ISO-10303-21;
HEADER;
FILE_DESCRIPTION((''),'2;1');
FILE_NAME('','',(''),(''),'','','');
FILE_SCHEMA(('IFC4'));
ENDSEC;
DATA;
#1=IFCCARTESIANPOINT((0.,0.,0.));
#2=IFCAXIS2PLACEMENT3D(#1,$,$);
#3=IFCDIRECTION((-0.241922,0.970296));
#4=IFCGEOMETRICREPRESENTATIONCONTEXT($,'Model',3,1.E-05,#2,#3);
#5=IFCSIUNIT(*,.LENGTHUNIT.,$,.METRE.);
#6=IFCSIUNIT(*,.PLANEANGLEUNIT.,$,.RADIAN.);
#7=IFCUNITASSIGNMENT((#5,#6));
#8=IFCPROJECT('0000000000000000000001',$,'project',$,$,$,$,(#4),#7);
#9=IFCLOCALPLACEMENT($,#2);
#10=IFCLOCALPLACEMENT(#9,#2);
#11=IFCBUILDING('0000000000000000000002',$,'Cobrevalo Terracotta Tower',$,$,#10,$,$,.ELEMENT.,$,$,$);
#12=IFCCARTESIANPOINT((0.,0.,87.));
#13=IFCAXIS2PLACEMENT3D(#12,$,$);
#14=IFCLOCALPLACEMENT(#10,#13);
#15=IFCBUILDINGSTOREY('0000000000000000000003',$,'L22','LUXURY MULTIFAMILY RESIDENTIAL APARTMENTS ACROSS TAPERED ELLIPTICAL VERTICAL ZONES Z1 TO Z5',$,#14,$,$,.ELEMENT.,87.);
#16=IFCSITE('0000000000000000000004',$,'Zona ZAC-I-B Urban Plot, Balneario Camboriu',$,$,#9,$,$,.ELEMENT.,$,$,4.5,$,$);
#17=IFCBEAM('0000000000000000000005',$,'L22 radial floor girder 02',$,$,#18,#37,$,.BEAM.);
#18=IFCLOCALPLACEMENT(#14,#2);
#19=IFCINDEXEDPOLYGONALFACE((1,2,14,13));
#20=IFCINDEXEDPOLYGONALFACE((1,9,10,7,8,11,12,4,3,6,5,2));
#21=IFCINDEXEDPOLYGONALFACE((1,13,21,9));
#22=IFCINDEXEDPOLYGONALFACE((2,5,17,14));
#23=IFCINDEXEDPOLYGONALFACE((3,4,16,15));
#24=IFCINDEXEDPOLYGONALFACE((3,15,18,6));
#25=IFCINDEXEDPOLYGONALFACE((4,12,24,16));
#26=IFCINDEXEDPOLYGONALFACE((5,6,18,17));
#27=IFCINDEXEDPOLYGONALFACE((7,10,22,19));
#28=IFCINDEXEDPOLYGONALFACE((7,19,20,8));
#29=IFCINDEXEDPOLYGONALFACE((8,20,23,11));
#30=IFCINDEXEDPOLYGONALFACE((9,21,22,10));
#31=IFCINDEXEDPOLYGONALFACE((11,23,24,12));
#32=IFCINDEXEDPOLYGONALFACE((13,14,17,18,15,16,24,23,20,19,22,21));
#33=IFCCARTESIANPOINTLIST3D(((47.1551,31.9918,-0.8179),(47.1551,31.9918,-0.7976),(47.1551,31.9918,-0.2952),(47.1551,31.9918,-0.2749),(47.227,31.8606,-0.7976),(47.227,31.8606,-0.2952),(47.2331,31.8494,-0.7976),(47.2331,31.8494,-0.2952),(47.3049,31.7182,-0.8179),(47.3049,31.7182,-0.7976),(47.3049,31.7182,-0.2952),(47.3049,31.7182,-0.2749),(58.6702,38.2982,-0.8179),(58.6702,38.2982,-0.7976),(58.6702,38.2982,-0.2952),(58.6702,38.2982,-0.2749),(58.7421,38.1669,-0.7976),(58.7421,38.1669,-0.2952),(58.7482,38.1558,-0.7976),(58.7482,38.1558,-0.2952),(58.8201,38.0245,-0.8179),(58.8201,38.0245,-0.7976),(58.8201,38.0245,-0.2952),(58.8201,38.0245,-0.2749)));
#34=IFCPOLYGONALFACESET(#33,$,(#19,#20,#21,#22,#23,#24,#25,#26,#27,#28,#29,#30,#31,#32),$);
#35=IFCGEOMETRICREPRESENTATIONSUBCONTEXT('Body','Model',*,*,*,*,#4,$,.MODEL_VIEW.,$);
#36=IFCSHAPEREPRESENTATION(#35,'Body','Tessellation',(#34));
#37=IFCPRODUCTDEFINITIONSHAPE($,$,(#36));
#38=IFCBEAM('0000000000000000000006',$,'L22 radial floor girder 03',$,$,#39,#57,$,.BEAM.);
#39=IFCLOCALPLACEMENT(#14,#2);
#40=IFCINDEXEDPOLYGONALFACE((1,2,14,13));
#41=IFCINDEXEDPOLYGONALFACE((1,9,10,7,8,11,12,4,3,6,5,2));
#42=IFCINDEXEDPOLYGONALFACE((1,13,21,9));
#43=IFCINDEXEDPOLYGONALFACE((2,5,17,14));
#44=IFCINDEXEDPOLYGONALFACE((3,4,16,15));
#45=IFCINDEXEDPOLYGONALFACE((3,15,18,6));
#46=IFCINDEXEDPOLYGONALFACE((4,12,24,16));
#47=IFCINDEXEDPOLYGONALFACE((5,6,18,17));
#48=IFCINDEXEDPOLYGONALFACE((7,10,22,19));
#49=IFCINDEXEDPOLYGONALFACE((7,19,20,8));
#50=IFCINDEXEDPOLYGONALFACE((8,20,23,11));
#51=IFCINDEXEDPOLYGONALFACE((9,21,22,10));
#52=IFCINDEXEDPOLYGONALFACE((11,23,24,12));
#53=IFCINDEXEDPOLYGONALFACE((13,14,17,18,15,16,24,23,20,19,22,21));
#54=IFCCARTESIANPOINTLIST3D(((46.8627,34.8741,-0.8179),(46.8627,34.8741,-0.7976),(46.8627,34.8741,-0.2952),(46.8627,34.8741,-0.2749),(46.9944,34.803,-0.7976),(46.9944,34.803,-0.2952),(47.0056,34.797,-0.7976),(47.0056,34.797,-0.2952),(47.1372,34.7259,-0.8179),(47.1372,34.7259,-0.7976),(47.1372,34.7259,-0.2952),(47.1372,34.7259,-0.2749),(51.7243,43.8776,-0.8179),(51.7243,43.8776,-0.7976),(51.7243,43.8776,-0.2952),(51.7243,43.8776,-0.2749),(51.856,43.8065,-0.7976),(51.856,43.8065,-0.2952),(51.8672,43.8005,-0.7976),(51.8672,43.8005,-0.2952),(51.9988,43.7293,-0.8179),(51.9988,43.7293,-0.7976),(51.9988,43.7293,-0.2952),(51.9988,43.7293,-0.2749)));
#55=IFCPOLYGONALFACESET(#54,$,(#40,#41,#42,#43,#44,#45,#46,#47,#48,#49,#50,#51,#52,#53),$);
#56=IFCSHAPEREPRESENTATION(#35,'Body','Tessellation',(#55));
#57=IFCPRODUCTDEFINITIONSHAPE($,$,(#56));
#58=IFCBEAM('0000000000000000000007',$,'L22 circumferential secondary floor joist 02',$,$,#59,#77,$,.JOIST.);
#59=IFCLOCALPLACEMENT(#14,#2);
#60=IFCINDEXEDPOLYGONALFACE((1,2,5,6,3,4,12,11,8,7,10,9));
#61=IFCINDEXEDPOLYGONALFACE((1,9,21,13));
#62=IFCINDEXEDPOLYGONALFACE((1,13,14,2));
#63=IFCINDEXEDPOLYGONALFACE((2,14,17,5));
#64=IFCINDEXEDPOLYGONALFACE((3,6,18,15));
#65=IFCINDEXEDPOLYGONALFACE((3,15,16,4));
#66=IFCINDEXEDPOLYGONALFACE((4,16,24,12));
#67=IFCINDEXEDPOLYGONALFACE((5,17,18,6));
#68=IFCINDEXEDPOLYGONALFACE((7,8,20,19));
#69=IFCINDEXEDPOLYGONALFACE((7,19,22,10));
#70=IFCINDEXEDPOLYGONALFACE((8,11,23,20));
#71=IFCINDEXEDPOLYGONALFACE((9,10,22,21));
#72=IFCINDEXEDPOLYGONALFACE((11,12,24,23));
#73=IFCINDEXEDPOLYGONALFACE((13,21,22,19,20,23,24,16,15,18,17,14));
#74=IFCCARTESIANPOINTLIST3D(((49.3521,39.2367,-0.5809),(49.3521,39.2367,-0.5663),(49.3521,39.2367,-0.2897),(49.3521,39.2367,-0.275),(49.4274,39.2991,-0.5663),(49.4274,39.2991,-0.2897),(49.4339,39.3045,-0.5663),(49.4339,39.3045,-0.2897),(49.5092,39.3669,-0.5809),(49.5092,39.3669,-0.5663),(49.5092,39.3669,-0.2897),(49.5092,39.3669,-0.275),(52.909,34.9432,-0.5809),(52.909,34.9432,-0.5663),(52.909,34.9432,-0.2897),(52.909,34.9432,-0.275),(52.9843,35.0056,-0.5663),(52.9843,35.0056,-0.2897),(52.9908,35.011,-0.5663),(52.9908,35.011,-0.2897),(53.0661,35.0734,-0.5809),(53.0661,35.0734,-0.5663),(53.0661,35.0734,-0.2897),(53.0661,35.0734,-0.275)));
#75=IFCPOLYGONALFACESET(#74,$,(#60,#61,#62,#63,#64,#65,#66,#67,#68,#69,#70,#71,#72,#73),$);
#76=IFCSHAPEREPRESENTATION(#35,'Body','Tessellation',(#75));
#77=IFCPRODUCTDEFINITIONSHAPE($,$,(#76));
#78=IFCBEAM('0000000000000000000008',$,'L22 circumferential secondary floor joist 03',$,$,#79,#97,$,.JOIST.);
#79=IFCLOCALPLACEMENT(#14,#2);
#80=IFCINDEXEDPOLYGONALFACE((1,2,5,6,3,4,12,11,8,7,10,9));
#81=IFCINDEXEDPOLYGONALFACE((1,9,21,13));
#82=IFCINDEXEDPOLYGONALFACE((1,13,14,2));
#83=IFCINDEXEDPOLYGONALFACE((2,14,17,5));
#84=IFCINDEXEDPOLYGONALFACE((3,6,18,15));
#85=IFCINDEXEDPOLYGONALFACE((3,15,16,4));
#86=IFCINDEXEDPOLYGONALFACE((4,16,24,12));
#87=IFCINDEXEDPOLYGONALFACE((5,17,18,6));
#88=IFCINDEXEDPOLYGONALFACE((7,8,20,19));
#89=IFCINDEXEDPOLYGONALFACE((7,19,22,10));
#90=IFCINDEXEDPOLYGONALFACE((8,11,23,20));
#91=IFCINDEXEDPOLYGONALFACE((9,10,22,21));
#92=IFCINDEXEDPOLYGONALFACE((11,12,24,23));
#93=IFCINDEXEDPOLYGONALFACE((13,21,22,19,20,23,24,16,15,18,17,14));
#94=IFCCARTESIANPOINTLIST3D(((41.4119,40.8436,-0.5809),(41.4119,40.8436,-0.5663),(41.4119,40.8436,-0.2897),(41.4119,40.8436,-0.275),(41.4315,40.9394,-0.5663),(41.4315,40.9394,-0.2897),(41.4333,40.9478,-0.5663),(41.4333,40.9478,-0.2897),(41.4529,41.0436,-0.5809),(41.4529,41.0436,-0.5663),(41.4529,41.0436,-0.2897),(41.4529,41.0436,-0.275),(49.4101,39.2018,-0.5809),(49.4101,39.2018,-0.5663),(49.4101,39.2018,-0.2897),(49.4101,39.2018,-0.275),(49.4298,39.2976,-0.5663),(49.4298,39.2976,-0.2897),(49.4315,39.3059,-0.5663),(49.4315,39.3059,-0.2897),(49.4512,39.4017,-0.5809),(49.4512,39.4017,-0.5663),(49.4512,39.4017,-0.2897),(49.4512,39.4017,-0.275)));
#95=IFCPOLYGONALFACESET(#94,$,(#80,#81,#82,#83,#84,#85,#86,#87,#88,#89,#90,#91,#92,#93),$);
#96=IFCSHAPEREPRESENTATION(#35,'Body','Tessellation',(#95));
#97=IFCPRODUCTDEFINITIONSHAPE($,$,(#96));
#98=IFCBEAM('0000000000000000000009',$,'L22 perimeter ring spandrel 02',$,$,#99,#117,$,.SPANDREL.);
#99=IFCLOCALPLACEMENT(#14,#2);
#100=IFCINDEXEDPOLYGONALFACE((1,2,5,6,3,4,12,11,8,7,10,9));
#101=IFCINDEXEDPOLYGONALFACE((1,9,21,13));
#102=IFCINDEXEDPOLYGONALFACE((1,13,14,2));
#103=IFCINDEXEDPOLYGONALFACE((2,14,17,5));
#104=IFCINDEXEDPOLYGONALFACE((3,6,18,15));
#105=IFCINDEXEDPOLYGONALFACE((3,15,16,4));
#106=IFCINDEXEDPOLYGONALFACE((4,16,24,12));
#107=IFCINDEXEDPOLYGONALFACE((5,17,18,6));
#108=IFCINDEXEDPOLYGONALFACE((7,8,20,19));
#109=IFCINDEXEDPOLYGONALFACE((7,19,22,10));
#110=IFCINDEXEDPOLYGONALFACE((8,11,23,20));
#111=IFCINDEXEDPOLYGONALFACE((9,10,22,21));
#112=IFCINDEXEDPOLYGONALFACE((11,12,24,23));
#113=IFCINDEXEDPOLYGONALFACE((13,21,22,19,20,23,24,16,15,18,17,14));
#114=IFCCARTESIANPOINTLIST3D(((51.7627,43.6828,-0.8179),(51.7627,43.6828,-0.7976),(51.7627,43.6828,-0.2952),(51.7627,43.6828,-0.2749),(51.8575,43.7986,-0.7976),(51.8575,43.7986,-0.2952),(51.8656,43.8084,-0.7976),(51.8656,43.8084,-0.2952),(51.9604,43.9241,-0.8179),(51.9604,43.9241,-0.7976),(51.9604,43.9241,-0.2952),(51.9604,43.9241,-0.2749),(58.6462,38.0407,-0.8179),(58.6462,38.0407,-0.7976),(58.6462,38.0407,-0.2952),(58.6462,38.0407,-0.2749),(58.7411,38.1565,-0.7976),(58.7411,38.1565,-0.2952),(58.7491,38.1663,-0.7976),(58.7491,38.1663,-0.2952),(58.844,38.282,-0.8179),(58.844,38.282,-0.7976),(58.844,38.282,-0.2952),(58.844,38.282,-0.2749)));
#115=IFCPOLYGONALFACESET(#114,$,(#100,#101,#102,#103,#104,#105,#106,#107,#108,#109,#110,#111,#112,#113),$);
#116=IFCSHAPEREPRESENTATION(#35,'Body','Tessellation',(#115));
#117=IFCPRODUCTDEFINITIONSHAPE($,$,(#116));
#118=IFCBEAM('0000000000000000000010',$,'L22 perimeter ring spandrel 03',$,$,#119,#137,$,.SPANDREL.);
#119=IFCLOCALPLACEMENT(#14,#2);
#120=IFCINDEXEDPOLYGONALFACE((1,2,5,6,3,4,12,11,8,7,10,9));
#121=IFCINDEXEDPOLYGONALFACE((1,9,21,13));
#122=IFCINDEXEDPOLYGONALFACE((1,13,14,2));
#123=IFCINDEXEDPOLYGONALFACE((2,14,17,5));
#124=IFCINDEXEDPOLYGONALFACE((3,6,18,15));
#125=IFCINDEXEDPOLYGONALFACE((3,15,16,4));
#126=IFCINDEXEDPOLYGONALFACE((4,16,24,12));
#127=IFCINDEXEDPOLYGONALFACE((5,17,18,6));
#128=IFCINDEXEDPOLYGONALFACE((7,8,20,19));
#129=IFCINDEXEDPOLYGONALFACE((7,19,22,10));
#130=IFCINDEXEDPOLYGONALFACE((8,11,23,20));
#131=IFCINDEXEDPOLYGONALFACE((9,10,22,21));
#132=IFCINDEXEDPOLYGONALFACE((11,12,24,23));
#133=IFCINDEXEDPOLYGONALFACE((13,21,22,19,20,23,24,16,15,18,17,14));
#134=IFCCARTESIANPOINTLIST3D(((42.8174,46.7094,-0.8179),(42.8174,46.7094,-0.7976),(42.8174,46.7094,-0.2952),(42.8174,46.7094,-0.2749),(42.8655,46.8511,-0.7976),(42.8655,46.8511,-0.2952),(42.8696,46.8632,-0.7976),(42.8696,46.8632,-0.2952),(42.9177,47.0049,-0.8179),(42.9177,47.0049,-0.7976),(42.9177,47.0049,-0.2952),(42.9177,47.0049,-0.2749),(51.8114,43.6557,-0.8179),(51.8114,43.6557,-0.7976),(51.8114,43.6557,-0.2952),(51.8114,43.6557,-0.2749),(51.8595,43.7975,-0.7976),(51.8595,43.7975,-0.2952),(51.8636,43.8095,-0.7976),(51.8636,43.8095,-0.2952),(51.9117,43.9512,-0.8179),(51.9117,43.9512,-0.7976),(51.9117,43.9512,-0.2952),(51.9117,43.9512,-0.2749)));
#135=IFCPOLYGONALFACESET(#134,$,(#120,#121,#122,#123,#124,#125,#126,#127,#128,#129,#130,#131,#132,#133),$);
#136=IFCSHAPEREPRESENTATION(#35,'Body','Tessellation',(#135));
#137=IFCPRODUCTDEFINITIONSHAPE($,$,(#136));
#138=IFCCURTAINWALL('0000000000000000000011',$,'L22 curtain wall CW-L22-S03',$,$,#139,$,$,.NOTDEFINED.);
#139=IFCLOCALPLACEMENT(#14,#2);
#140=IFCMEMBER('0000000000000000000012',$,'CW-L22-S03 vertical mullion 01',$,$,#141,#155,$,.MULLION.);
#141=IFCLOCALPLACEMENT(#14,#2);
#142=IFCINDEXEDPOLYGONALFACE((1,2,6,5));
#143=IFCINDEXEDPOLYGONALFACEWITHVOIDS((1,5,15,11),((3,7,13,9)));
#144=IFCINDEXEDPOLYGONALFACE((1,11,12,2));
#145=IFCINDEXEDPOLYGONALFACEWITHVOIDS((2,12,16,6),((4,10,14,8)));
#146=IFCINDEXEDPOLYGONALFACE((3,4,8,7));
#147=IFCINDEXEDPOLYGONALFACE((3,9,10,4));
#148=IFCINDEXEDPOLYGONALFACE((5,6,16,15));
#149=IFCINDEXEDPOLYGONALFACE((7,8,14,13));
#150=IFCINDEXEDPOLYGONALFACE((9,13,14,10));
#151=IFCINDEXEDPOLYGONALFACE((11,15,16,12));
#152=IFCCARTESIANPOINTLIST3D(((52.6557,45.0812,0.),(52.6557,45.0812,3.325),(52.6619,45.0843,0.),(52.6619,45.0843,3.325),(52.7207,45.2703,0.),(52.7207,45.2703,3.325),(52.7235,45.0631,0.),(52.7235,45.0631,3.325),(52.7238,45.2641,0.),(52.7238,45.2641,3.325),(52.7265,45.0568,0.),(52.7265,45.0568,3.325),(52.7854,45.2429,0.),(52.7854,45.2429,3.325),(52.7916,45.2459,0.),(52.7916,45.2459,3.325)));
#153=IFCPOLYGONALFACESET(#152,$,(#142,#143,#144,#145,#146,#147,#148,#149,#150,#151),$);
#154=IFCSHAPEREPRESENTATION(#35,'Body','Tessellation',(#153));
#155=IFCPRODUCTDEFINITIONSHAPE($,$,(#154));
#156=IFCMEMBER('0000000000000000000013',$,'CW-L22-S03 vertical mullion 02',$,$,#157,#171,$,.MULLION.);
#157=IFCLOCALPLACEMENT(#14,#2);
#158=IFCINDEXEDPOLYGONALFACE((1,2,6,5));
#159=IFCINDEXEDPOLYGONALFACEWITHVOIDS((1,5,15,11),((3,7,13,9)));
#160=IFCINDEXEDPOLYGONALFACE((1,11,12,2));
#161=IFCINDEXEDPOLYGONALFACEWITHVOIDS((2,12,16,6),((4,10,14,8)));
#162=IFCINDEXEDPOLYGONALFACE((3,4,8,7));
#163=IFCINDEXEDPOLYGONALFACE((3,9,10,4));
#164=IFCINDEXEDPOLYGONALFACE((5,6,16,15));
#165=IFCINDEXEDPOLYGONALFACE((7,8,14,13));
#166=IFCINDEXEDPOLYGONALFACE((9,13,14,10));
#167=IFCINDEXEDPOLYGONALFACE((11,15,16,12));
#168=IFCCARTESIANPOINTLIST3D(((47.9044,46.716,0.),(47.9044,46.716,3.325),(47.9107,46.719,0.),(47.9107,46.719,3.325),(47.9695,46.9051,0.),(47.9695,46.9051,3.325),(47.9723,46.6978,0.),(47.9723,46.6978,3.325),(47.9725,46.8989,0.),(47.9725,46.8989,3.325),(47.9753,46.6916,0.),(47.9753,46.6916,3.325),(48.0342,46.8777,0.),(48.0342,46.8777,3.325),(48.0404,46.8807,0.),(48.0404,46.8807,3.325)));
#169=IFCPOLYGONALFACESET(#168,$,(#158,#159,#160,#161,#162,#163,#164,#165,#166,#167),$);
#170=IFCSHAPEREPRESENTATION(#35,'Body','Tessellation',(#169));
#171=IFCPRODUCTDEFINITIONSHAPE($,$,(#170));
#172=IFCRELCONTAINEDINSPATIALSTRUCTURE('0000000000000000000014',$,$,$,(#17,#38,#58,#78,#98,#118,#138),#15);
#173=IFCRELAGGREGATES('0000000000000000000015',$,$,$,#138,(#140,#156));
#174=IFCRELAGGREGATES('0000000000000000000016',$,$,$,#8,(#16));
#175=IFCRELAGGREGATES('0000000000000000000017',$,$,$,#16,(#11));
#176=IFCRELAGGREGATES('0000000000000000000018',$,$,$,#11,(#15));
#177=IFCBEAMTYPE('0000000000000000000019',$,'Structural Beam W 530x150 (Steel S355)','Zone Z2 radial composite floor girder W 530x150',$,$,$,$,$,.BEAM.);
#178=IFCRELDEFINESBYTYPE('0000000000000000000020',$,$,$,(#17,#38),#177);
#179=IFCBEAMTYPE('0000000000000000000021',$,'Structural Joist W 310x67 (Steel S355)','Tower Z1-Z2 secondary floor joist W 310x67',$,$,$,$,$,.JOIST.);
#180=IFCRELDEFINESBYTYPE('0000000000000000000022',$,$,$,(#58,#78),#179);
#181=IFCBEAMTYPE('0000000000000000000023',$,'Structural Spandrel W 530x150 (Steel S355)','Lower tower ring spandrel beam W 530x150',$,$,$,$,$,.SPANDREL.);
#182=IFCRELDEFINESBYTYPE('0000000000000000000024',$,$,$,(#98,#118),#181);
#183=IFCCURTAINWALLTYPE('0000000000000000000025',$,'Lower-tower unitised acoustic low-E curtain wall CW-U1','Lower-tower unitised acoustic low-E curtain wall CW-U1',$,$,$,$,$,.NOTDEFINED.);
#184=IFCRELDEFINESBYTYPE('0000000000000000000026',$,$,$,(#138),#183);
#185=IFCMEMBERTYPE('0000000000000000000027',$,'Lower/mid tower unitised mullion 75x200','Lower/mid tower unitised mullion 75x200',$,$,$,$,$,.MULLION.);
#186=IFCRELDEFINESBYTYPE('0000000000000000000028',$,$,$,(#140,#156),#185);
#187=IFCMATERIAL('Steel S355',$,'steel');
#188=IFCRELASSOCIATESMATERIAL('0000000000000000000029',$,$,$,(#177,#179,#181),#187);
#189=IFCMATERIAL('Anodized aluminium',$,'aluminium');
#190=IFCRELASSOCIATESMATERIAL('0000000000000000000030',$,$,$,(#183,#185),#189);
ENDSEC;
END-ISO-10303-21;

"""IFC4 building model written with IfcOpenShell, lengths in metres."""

from ifc_helpers import new_model, si_unit, direction, frame, origin, origin_2d, place, context, subcontext, project, spatial, hollow_rectangle, i_section, extrude, source, transform, mapped, material, material_profile, profile_set, type_object, element, aggregate, save


model = new_model("IFC4")

# Units and contexts
model_context = context("Model", 3, precision=1e-05, world=origin(), true_north=direction((-0.241922, 0.970296)))
body_context = subcontext(model_context, "Body", "Model", "MODEL_VIEW")
ifc_project = project(units=[si_unit("LENGTHUNIT", "METRE"), si_unit("PLANEANGLEUNIT", "RADIAN")], contexts=[model_context])

# Site, building, storey
site_placement = place(None, origin())
site = spatial("IfcSite", under=ifc_project, at=site_placement, Name="Zona ZAC-I-B Urban Plot, Balneario Camboriu", CompositionType="ELEMENT", RefElevation=4.5)
building_placement = place(site_placement, origin())
building = spatial("IfcBuilding", under=site, at=building_placement, Name="Cobrevalo Terracotta Tower", CompositionType="ELEMENT")
storey_placement = place(building_placement, frame((0.0, 0.0, 87.0)))
storey = spatial("IfcBuildingStorey", under=building, at=storey_placement, Name="L22", Description="LUXURY MULTIFAMILY RESIDENTIAL APARTMENTS ACROSS TAPERED ELLIPTICAL VERTICAL ZONES Z1 TO Z5", CompositionType="ELEMENT", Elevation=87.0)

# Shared definitions
ifc_material_1 = material(Name="Steel S355", Category="steel")

# Beams
ifc_material_profile_1 = material_profile(ifc_material_1, i_section(OverallWidth=0.312, OverallDepth=0.543, WebThickness=0.0127, FlangeThickness=0.0203, at=origin_2d()), Name="W 530x150")
ifc_profile_set_1 = profile_set([ifc_material_profile_1], Name="Steel S355")
beam_type_1 = type_object("IfcBeamType", Name="Structural Beam W 530x150 (Steel S355)", Description="Zone Z2 radial composite floor girder W 530x150", PredefinedType="BEAM", material=ifc_profile_set_1)
beam_1_placement = place(storey_placement, frame((58.7451, 38.1614, -0.5464), z_axis=(-0.877081, -0.480343, 0.0), x_axis=(0.480343, -0.877081, 0.0)))
element("IfcBeam", 1, at=beam_1_placement, inside=storey, type_object=beam_type_1, Name="L22 radial floor girder 02", PredefinedType="BEAM", context=body_context, shape_type="SweptSolid", body=[
    extrude(i_section(OverallWidth=0.312, OverallDepth=0.543, WebThickness=0.0127, FlangeThickness=0.0203, at=origin_2d()), origin(), (0.0, 0.0, 1.0), 13.1289),
])
beam_2_placement = place(storey_placement, frame((51.8616, 43.8035, -0.5464), z_axis=(-0.475128, -0.879917, 0.0), x_axis=(0.879917, -0.475128, 0.0)))
element("IfcBeam", 2, at=beam_2_placement, inside=storey, type_object=beam_type_1, Name="L22 radial floor girder 03", PredefinedType="BEAM", context=body_context, shape_type="SweptSolid", body=[
    extrude(i_section(OverallWidth=0.312, OverallDepth=0.543, WebThickness=0.0127, FlangeThickness=0.0203, at=origin_2d()), origin(), (0.0, 0.0, 1.0), 10.2322),
])
ifc_material_profile_2 = material_profile(ifc_material_1, i_section(OverallWidth=0.2041, OverallDepth=0.3059, WebThickness=0.0085, FlangeThickness=0.0146, at=origin_2d()), Name="W 310x67")
ifc_profile_set_2 = profile_set([ifc_material_profile_2], Name="Steel S355")
beam_type_2 = type_object("IfcBeamType", Name="Structural Joist W 310x67 (Steel S355)", Description="Tower Z1-Z2 secondary floor joist W 310x67", PredefinedType="JOIST", material=ifc_profile_set_2)
beam_3_placement = place(storey_placement, frame((52.9875, 35.0083, -0.428), z_axis=(-0.637959, 0.77007, 0.0), x_axis=(-0.77007, -0.637959, 0.0)))
element("IfcBeam", 3, at=beam_3_placement, inside=storey, type_object=beam_type_2, Name="L22 circumferential secondary floor joist 02", PredefinedType="JOIST", context=body_context, shape_type="SweptSolid", body=[
    extrude(i_section(OverallWidth=0.2041, OverallDepth=0.3059, WebThickness=0.0085, FlangeThickness=0.0146, at=origin_2d()), origin(), (0.0, 0.0, 1.0), 5.5754),
])
beam_4_placement = place(storey_placement, frame((49.4307, 39.3018, -0.428), z_axis=(-0.979574, 0.201082, 0.0), x_axis=(-0.201082, -0.979574, 0.0)))
element("IfcBeam", 4, at=beam_4_placement, inside=storey, type_object=beam_type_2, Name="L22 circumferential secondary floor joist 03", PredefinedType="JOIST", context=body_context, shape_type="SweptSolid", body=[
    extrude(i_section(OverallWidth=0.2041, OverallDepth=0.3059, WebThickness=0.0085, FlangeThickness=0.0146, at=origin_2d()), origin(), (0.0, 0.0, 1.0), 8.165),
])
ifc_material_profile_3 = material_profile(ifc_material_1, i_section(OverallWidth=0.312, OverallDepth=0.543, WebThickness=0.0127, FlangeThickness=0.0203, at=origin_2d()), Name="W 530x150")
ifc_profile_set_3 = profile_set([ifc_material_profile_3], Name="Steel S355")
beam_type_3 = type_object("IfcBeamType", Name="Structural Spandrel W 530x150 (Steel S355)", Description="Lower tower ring spandrel beam W 530x150", PredefinedType="SPANDREL", material=ifc_profile_set_3)
beam_5_placement = place(storey_placement, frame((58.7451, 38.1614, -0.5464), z_axis=(-0.773401, 0.633917, 0.0), x_axis=(-0.633917, -0.773401, 0.0)))
element("IfcBeam", 5, at=beam_5_placement, inside=storey, type_object=beam_type_3, Name="L22 perimeter ring spandrel 02", PredefinedType="SPANDREL", context=body_context, shape_type="SweptSolid", body=[
    extrude(i_section(OverallWidth=0.312, OverallDepth=0.543, WebThickness=0.0127, FlangeThickness=0.0203, at=origin_2d()), origin(), (0.0, 0.0, 1.0), 8.9004),
])
beam_6_placement = place(storey_placement, frame((51.8616, 43.8035, -0.5464), z_axis=(-0.946911, 0.321497, 0.0), x_axis=(-0.321497, -0.946911, 0.0)))
element("IfcBeam", 6, at=beam_6_placement, inside=storey, type_object=beam_type_3, Name="L22 perimeter ring spandrel 03", PredefinedType="SPANDREL", context=body_context, shape_type="SweptSolid", body=[
    extrude(i_section(OverallWidth=0.312, OverallDepth=0.543, WebThickness=0.0127, FlangeThickness=0.0203, at=origin_2d()), origin(), (0.0, 0.0, 1.0), 9.4983),
])

# Curtain wall, members
ifc_material_2 = material(Name="Anodized aluminium", Category="aluminium")
curtain_wall_type = type_object("IfcCurtainWallType", Name="Lower-tower unitised acoustic low-E curtain wall CW-U1", Description="Lower-tower unitised acoustic low-E curtain wall CW-U1", PredefinedType="NOTDEFINED", material=ifc_material_2)
curtain_wall_placement = place(storey_placement, origin())
curtain_wall = element("IfcCurtainWall", 7, at=curtain_wall_placement, inside=storey, type_object=curtain_wall_type, Name="L22 curtain wall CW-L22-S03", PredefinedType="NOTDEFINED")
ifc_material_profile_4 = material_profile(ifc_material_2, hollow_rectangle(XDim=0.075, YDim=0.2, WallThickness=0.0049, at=origin_2d()), Name="CWM 75x200")
ifc_profile_set_4 = profile_set([ifc_material_profile_4], Name="Anodized aluminium")
member_type_1 = type_object("IfcMemberType", Name="Lower/mid tower unitised mullion 75x200", Description="Lower/mid tower unitised mullion 75x200", PredefinedType="MULLION", material=ifc_profile_set_4)
shared_shape_1 = source(origin(), body_context, "Body", "SweptSolid", [
    extrude(hollow_rectangle(XDim=0.075, YDim=0.2, WallThickness=0.0049, at=origin_2d()), origin(), (0.0, 0.0, 1.0), 3.325),
])
member_1_placement = place(storey_placement, frame((52.7236, 45.1636, 0.0), z_axis=(0.0, 0.0, 1.0), x_axis=(-0.945598, 0.325337, 0.0)))
member_1 = element("IfcMember", 8, at=member_1_placement, type_object=member_type_1, Name="CW-L22-S03 vertical mullion 01", PredefinedType="MULLION", context=body_context, shape_type="MappedRepresentation", body=[
    mapped(shared_shape_1, transform((0.0, 0.0, 0.0), scale=1.0)),
])
member_2_placement = place(storey_placement, frame((47.9724, 46.7983, 0.0), z_axis=(0.0, 0.0, 1.0), x_axis=(-0.945598, 0.325337, 0.0)))
member_2 = element("IfcMember", 9, at=member_2_placement, type_object=member_type_1, Name="CW-L22-S03 vertical mullion 02", PredefinedType="MULLION", context=body_context, shape_type="MappedRepresentation", body=[
    mapped(shared_shape_1, transform((0.0, 0.0, 0.0), scale=1.0)),
])
aggregate(curtain_wall, [member_1, member_2])

save(model, "model.ifc")
